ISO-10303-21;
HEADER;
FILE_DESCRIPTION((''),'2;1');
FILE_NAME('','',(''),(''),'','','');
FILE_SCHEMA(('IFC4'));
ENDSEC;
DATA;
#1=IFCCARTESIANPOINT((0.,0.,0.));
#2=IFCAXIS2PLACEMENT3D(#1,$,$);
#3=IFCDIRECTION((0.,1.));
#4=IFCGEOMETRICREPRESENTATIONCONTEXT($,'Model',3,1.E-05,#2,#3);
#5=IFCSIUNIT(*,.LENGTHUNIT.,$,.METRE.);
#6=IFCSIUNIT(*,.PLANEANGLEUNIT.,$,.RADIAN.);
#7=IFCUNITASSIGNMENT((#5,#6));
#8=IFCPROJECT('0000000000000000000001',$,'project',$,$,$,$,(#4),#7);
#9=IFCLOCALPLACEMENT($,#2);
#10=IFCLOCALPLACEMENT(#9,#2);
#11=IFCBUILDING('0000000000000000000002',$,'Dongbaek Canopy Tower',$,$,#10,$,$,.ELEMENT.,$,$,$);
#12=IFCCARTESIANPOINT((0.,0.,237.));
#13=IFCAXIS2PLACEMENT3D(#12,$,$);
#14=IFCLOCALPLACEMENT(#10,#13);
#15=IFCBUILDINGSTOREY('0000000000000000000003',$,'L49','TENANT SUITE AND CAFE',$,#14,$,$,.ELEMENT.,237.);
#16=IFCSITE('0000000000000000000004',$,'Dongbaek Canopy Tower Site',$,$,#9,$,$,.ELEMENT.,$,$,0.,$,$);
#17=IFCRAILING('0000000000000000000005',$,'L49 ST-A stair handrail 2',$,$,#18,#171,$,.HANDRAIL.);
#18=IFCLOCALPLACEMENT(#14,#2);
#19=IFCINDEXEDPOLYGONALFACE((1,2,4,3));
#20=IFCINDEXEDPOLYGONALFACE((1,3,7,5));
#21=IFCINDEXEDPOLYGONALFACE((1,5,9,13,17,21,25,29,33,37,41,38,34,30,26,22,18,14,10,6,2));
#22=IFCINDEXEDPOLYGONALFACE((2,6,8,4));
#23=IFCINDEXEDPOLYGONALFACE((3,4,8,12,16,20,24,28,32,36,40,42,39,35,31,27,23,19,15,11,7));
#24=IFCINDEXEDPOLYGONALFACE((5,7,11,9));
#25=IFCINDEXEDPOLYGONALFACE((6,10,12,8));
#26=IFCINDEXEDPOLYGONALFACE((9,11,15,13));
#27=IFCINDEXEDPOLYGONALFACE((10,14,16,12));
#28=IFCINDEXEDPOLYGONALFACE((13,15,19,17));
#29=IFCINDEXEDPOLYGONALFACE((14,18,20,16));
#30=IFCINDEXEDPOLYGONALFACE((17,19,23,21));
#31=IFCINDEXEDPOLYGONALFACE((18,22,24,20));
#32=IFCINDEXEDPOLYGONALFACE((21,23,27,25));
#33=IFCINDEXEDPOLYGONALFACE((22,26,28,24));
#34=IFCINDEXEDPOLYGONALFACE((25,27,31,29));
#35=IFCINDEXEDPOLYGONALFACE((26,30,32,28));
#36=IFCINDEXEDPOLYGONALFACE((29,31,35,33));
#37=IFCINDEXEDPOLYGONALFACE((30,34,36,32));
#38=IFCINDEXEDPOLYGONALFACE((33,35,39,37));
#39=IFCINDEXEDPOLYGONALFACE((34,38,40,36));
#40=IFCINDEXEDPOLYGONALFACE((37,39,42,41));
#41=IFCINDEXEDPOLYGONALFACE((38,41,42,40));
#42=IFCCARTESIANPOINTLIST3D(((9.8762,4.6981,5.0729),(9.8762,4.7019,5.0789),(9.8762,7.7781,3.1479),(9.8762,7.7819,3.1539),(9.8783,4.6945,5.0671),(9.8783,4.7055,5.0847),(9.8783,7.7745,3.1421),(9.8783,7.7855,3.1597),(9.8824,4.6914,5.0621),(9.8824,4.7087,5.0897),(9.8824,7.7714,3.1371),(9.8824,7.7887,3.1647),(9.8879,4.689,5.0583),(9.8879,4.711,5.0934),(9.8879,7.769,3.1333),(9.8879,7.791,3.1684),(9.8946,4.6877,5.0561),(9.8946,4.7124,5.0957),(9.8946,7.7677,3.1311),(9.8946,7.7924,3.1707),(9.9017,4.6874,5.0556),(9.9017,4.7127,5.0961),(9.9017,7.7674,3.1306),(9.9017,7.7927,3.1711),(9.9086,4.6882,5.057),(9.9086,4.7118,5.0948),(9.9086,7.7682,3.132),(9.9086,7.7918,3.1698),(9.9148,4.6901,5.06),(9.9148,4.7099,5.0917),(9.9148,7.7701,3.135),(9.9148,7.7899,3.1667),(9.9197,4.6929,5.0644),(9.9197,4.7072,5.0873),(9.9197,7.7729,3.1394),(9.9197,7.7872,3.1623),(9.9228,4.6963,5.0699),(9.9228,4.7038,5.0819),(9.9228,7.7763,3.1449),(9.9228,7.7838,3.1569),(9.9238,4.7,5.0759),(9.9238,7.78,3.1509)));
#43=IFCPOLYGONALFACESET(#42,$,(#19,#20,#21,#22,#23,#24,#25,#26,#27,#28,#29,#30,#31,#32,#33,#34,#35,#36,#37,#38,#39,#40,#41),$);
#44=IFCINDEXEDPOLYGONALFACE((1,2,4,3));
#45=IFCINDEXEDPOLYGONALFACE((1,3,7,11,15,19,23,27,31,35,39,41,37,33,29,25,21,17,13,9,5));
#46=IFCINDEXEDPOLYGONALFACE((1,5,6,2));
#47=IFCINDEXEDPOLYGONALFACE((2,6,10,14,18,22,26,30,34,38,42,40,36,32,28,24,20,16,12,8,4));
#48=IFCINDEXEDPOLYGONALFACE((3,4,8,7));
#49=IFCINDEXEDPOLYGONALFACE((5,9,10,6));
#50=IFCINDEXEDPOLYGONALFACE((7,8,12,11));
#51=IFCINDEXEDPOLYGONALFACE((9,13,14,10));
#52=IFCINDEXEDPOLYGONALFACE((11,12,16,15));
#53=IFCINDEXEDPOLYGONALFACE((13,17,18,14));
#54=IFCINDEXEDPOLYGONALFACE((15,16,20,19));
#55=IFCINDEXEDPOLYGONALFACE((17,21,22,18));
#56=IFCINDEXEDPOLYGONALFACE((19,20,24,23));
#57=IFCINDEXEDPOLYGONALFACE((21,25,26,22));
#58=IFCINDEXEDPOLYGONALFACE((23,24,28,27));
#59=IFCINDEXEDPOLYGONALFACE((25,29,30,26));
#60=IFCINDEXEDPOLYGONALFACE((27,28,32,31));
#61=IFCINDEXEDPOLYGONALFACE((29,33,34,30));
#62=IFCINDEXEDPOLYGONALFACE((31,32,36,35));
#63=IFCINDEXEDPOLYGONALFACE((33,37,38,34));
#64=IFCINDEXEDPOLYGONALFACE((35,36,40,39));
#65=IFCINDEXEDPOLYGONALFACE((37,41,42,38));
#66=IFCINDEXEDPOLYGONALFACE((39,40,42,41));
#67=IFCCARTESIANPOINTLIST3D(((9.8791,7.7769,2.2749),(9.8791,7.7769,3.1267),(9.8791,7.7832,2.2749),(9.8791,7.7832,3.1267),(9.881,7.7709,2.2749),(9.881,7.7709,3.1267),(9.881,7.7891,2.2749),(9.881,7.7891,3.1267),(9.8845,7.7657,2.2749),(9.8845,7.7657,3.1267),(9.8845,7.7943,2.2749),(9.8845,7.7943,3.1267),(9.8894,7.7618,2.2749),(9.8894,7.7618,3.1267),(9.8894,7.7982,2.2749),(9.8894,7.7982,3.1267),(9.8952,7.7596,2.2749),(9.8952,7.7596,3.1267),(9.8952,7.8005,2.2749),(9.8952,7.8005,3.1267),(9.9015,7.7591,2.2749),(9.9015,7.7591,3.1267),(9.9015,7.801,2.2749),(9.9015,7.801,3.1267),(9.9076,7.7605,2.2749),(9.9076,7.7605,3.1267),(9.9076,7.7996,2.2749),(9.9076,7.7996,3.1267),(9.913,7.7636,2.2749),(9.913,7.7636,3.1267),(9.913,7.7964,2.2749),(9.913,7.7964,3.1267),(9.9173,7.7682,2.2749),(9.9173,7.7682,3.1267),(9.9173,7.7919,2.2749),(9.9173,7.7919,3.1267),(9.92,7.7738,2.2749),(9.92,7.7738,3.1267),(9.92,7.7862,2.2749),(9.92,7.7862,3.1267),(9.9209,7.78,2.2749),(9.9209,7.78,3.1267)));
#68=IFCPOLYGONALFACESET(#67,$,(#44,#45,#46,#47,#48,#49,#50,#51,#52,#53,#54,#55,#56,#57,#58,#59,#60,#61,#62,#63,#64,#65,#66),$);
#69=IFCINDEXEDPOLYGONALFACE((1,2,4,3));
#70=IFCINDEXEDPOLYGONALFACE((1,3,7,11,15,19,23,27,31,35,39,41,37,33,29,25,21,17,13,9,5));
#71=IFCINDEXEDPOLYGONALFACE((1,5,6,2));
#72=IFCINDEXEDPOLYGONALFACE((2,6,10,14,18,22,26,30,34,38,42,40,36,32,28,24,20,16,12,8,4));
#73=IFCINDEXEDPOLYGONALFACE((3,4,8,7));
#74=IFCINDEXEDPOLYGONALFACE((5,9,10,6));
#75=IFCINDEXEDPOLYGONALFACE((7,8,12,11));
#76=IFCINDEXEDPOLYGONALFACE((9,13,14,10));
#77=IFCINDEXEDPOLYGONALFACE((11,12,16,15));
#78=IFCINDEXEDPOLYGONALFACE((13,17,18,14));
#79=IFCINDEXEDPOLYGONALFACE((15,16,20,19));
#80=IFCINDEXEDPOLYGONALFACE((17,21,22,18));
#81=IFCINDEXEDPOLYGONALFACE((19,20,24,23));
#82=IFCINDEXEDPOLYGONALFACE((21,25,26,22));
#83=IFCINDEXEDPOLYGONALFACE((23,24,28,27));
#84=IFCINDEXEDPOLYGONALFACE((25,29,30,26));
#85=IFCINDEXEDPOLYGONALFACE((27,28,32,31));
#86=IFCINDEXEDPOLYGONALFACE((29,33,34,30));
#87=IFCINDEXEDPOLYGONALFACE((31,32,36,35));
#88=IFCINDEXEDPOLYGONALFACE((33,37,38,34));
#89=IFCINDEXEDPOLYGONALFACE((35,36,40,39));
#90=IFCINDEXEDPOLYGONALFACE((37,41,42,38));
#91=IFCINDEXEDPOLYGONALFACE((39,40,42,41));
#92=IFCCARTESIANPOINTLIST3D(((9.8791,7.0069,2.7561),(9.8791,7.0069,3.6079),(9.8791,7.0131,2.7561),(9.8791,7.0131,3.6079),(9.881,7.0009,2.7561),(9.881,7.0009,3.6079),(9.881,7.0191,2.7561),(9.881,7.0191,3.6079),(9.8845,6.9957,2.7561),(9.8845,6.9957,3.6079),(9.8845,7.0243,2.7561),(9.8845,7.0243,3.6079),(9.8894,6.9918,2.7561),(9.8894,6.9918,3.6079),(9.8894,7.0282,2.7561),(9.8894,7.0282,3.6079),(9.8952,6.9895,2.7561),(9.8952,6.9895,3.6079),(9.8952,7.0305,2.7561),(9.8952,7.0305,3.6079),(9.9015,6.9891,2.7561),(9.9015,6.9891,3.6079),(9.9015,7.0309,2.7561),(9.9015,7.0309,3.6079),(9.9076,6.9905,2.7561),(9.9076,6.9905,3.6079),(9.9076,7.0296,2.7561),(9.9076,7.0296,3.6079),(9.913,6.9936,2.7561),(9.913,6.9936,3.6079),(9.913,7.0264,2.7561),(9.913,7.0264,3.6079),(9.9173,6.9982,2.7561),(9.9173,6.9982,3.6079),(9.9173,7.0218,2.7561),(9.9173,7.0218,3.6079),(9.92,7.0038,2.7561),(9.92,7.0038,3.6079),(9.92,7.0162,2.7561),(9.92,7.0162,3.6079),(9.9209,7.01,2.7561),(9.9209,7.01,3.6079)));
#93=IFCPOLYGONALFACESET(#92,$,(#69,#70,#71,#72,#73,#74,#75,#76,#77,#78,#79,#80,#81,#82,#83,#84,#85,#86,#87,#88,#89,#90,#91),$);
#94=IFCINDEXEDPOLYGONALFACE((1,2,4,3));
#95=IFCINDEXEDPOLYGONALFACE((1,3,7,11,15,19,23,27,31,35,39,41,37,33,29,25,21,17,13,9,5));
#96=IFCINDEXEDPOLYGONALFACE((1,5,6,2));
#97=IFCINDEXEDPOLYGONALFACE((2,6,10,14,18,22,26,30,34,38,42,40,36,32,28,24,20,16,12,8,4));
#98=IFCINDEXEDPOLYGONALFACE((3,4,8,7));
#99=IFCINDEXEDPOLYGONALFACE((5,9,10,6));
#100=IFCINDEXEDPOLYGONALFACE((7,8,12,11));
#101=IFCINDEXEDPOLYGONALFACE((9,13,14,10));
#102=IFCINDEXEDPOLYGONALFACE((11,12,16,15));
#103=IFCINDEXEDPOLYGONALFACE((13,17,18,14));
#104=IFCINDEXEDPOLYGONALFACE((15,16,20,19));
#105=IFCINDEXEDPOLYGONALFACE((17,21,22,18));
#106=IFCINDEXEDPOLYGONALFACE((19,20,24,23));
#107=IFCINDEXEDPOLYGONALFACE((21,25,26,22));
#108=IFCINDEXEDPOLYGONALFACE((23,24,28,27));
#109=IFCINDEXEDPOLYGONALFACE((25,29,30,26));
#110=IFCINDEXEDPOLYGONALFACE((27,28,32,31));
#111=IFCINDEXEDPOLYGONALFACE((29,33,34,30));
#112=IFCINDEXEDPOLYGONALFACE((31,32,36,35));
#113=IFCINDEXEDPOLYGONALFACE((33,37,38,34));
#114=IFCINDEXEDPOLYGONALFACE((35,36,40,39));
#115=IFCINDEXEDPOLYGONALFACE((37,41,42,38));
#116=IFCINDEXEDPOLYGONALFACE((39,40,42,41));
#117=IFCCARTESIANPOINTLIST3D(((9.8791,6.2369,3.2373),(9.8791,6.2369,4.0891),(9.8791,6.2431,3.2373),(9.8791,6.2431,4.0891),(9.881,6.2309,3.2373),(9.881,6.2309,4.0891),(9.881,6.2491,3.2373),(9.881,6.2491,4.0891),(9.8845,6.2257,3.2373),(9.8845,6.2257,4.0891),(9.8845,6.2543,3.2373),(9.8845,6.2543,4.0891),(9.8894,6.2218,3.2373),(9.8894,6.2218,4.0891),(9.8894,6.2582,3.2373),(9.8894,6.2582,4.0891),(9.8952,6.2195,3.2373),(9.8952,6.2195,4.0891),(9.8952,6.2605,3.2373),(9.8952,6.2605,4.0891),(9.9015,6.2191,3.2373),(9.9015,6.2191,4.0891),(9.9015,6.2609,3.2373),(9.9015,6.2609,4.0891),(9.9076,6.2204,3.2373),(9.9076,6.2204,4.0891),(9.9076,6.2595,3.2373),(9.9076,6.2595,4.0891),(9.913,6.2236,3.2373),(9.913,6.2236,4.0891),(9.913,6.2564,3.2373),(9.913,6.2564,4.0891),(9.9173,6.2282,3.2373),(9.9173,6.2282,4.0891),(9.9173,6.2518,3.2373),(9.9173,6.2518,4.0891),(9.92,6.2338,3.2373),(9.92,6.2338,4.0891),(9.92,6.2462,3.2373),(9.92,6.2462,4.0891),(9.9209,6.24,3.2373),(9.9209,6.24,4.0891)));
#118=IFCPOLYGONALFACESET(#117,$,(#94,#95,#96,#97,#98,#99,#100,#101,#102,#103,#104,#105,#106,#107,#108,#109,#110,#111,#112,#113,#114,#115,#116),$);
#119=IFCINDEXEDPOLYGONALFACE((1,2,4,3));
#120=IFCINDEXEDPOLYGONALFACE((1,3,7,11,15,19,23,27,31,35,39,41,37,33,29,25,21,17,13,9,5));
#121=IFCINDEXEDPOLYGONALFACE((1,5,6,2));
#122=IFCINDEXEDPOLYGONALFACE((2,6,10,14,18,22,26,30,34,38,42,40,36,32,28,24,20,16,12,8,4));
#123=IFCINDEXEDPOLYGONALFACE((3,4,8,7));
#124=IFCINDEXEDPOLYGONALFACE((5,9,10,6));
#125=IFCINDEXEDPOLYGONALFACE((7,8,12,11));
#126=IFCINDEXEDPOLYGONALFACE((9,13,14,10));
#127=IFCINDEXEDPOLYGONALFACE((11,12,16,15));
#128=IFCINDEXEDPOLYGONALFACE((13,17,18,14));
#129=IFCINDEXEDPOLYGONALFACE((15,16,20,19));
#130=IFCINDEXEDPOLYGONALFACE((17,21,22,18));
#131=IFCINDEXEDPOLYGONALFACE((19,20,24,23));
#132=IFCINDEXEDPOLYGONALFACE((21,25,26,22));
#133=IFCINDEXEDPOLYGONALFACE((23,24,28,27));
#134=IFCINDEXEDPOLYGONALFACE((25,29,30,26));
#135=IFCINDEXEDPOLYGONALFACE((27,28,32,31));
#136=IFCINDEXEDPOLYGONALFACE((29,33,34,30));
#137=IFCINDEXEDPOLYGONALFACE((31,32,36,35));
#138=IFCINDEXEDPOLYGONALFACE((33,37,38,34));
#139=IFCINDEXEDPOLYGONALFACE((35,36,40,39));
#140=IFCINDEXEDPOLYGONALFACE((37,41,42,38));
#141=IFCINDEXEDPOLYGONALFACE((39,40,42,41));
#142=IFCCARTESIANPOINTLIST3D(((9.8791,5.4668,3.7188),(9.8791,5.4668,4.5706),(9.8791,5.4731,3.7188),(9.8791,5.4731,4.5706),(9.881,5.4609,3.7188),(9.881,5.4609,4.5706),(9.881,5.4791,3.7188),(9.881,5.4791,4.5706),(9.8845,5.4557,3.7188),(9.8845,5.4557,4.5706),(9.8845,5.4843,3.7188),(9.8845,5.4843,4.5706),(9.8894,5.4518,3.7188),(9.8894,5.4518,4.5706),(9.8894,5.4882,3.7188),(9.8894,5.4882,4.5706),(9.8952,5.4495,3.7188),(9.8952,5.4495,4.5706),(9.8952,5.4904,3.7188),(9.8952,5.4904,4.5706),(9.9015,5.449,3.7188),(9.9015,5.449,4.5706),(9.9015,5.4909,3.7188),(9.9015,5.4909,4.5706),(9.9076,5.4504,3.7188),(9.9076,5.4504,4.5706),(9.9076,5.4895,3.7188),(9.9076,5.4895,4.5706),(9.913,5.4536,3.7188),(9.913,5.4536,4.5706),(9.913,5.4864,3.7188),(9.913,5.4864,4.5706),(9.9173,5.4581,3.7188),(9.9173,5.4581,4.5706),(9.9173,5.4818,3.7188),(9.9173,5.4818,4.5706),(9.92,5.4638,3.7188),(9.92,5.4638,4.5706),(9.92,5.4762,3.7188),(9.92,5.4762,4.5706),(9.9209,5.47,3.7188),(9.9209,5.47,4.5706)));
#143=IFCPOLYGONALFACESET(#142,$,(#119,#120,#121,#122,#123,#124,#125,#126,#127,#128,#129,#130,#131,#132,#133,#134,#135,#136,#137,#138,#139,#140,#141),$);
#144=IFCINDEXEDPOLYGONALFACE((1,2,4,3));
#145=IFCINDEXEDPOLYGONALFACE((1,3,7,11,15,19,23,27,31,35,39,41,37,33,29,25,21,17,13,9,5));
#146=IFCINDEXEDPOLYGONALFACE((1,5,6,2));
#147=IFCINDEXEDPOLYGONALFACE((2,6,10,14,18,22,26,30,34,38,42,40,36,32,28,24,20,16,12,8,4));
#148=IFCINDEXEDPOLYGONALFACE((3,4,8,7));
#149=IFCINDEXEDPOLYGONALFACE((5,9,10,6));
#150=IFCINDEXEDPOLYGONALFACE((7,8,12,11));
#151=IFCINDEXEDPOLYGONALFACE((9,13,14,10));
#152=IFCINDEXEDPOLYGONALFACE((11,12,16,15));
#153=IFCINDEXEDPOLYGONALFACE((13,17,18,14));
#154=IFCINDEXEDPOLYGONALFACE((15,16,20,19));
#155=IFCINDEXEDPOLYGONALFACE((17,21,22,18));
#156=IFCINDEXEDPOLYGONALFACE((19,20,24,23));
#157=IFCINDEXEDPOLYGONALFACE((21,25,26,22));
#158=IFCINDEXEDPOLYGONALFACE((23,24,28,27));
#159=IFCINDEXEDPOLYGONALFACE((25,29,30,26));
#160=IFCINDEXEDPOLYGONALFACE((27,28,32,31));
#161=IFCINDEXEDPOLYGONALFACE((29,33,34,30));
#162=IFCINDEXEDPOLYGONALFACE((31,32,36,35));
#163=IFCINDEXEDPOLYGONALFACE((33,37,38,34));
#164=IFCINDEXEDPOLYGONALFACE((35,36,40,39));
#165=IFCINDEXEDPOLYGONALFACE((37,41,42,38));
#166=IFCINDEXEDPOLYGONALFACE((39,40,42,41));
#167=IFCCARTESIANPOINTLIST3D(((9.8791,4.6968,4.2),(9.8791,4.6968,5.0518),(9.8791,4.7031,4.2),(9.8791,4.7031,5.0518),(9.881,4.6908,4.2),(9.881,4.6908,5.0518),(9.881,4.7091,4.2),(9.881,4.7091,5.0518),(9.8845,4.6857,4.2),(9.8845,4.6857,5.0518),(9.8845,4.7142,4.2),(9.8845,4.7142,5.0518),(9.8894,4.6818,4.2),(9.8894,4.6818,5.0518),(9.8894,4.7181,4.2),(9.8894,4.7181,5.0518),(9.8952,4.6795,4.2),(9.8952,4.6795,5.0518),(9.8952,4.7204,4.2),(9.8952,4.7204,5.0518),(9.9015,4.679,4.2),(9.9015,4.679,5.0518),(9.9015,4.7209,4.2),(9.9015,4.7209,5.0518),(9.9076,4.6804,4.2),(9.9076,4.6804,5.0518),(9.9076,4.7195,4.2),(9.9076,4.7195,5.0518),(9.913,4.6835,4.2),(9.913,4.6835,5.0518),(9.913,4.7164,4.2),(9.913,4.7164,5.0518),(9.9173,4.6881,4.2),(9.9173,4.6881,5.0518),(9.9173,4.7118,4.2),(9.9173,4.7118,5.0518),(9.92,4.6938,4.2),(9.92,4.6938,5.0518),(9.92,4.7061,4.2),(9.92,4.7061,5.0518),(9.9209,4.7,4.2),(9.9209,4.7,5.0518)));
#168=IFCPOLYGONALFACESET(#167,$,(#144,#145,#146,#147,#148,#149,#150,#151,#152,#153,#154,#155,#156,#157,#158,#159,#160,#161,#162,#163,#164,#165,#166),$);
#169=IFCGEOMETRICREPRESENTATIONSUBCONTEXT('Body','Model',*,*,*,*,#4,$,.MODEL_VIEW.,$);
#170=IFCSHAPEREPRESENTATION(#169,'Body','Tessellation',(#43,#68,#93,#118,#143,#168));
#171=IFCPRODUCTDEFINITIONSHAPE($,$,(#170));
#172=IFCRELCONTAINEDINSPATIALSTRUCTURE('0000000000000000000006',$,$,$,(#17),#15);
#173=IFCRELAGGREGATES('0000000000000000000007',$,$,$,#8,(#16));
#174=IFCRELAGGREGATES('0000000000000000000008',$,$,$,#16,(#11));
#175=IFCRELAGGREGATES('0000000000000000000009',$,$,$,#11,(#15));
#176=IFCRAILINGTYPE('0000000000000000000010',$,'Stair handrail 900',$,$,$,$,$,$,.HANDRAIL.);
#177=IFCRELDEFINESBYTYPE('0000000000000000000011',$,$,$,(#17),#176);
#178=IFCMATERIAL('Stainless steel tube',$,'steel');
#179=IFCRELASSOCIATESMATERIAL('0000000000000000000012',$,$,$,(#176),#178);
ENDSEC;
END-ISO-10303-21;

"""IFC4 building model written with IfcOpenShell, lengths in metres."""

from ifc_helpers import new_model, si_unit, direction, frame, origin, origin_2d, place, context, subcontext, project, spatial, circle, extrude, material, type_object, element, save


model = new_model("IFC4")

# Units and contexts
model_context = context("Model", 3, precision=1e-05, world=origin(), true_north=direction((0.0, 1.0)))
body_context = subcontext(model_context, "Body", "Model", "MODEL_VIEW")
ifc_project = project(units=[si_unit("LENGTHUNIT", "METRE"), si_unit("PLANEANGLEUNIT", "RADIAN")], contexts=[model_context])

# Site, building, storey
site_placement = place(None, origin())
site = spatial("IfcSite", under=ifc_project, at=site_placement, Name="Dongbaek Canopy Tower Site", CompositionType="ELEMENT", RefElevation=0.0)
building_placement = place(site_placement, origin())
building = spatial("IfcBuilding", under=site, at=building_placement, Name="Dongbaek Canopy Tower", CompositionType="ELEMENT")
storey_placement = place(building_placement, frame((0.0, 0.0, 237.0)))
storey = spatial("IfcBuildingStorey", under=building, at=storey_placement, Name="L49", Description="TENANT SUITE AND CAFE", CompositionType="ELEMENT", Elevation=237.0)

# Railing
ifc_material_1 = material(Name="Stainless steel tube", Category="steel")
railing_type_1 = type_object("IfcRailingType", Name="Stair handrail 900", PredefinedType="HANDRAIL", material=ifc_material_1)
railing_1_placement = place(storey_placement, frame((9.8999, 7.78, 2.2749)))
element("IfcRailing", 1, at=railing_1_placement, inside=storey, type_object=railing_type_1, Name="L49 ST-A stair handrail 2", PredefinedType="HANDRAIL", context=body_context, shape_type="SweptSolid", body=[
    extrude(circle(Radius=0.0239, at=origin_2d()), frame((0.0, 0.0, 0.876), z_axis=(0.0, -0.847998, 0.529999), x_axis=(1.0, 0.0, 0.0)), (0.0, 0.0, 1.0), 3.6321),
    extrude(circle(Radius=0.021, at=origin_2d()), origin(), (0.0, 0.0, 1.0), 0.8518),
    extrude(circle(Radius=0.021, at=origin_2d()), frame((0.0, -0.77, 0.4812)), (0.0, 0.0, 1.0), 0.8518),
    extrude(circle(Radius=0.021, at=origin_2d()), frame((0.0, -1.54, 0.9624)), (0.0, 0.0, 1.0), 0.8518),
    extrude(circle(Radius=0.021, at=origin_2d()), frame((0.0, -2.3101, 1.4438)), (0.0, 0.0, 1.0), 0.8518),
    extrude(circle(Radius=0.021, at=origin_2d()), frame((0.0, -3.0801, 1.925)), (0.0, 0.0, 1.0), 0.8518),
])

save(model, "model.ifc")
